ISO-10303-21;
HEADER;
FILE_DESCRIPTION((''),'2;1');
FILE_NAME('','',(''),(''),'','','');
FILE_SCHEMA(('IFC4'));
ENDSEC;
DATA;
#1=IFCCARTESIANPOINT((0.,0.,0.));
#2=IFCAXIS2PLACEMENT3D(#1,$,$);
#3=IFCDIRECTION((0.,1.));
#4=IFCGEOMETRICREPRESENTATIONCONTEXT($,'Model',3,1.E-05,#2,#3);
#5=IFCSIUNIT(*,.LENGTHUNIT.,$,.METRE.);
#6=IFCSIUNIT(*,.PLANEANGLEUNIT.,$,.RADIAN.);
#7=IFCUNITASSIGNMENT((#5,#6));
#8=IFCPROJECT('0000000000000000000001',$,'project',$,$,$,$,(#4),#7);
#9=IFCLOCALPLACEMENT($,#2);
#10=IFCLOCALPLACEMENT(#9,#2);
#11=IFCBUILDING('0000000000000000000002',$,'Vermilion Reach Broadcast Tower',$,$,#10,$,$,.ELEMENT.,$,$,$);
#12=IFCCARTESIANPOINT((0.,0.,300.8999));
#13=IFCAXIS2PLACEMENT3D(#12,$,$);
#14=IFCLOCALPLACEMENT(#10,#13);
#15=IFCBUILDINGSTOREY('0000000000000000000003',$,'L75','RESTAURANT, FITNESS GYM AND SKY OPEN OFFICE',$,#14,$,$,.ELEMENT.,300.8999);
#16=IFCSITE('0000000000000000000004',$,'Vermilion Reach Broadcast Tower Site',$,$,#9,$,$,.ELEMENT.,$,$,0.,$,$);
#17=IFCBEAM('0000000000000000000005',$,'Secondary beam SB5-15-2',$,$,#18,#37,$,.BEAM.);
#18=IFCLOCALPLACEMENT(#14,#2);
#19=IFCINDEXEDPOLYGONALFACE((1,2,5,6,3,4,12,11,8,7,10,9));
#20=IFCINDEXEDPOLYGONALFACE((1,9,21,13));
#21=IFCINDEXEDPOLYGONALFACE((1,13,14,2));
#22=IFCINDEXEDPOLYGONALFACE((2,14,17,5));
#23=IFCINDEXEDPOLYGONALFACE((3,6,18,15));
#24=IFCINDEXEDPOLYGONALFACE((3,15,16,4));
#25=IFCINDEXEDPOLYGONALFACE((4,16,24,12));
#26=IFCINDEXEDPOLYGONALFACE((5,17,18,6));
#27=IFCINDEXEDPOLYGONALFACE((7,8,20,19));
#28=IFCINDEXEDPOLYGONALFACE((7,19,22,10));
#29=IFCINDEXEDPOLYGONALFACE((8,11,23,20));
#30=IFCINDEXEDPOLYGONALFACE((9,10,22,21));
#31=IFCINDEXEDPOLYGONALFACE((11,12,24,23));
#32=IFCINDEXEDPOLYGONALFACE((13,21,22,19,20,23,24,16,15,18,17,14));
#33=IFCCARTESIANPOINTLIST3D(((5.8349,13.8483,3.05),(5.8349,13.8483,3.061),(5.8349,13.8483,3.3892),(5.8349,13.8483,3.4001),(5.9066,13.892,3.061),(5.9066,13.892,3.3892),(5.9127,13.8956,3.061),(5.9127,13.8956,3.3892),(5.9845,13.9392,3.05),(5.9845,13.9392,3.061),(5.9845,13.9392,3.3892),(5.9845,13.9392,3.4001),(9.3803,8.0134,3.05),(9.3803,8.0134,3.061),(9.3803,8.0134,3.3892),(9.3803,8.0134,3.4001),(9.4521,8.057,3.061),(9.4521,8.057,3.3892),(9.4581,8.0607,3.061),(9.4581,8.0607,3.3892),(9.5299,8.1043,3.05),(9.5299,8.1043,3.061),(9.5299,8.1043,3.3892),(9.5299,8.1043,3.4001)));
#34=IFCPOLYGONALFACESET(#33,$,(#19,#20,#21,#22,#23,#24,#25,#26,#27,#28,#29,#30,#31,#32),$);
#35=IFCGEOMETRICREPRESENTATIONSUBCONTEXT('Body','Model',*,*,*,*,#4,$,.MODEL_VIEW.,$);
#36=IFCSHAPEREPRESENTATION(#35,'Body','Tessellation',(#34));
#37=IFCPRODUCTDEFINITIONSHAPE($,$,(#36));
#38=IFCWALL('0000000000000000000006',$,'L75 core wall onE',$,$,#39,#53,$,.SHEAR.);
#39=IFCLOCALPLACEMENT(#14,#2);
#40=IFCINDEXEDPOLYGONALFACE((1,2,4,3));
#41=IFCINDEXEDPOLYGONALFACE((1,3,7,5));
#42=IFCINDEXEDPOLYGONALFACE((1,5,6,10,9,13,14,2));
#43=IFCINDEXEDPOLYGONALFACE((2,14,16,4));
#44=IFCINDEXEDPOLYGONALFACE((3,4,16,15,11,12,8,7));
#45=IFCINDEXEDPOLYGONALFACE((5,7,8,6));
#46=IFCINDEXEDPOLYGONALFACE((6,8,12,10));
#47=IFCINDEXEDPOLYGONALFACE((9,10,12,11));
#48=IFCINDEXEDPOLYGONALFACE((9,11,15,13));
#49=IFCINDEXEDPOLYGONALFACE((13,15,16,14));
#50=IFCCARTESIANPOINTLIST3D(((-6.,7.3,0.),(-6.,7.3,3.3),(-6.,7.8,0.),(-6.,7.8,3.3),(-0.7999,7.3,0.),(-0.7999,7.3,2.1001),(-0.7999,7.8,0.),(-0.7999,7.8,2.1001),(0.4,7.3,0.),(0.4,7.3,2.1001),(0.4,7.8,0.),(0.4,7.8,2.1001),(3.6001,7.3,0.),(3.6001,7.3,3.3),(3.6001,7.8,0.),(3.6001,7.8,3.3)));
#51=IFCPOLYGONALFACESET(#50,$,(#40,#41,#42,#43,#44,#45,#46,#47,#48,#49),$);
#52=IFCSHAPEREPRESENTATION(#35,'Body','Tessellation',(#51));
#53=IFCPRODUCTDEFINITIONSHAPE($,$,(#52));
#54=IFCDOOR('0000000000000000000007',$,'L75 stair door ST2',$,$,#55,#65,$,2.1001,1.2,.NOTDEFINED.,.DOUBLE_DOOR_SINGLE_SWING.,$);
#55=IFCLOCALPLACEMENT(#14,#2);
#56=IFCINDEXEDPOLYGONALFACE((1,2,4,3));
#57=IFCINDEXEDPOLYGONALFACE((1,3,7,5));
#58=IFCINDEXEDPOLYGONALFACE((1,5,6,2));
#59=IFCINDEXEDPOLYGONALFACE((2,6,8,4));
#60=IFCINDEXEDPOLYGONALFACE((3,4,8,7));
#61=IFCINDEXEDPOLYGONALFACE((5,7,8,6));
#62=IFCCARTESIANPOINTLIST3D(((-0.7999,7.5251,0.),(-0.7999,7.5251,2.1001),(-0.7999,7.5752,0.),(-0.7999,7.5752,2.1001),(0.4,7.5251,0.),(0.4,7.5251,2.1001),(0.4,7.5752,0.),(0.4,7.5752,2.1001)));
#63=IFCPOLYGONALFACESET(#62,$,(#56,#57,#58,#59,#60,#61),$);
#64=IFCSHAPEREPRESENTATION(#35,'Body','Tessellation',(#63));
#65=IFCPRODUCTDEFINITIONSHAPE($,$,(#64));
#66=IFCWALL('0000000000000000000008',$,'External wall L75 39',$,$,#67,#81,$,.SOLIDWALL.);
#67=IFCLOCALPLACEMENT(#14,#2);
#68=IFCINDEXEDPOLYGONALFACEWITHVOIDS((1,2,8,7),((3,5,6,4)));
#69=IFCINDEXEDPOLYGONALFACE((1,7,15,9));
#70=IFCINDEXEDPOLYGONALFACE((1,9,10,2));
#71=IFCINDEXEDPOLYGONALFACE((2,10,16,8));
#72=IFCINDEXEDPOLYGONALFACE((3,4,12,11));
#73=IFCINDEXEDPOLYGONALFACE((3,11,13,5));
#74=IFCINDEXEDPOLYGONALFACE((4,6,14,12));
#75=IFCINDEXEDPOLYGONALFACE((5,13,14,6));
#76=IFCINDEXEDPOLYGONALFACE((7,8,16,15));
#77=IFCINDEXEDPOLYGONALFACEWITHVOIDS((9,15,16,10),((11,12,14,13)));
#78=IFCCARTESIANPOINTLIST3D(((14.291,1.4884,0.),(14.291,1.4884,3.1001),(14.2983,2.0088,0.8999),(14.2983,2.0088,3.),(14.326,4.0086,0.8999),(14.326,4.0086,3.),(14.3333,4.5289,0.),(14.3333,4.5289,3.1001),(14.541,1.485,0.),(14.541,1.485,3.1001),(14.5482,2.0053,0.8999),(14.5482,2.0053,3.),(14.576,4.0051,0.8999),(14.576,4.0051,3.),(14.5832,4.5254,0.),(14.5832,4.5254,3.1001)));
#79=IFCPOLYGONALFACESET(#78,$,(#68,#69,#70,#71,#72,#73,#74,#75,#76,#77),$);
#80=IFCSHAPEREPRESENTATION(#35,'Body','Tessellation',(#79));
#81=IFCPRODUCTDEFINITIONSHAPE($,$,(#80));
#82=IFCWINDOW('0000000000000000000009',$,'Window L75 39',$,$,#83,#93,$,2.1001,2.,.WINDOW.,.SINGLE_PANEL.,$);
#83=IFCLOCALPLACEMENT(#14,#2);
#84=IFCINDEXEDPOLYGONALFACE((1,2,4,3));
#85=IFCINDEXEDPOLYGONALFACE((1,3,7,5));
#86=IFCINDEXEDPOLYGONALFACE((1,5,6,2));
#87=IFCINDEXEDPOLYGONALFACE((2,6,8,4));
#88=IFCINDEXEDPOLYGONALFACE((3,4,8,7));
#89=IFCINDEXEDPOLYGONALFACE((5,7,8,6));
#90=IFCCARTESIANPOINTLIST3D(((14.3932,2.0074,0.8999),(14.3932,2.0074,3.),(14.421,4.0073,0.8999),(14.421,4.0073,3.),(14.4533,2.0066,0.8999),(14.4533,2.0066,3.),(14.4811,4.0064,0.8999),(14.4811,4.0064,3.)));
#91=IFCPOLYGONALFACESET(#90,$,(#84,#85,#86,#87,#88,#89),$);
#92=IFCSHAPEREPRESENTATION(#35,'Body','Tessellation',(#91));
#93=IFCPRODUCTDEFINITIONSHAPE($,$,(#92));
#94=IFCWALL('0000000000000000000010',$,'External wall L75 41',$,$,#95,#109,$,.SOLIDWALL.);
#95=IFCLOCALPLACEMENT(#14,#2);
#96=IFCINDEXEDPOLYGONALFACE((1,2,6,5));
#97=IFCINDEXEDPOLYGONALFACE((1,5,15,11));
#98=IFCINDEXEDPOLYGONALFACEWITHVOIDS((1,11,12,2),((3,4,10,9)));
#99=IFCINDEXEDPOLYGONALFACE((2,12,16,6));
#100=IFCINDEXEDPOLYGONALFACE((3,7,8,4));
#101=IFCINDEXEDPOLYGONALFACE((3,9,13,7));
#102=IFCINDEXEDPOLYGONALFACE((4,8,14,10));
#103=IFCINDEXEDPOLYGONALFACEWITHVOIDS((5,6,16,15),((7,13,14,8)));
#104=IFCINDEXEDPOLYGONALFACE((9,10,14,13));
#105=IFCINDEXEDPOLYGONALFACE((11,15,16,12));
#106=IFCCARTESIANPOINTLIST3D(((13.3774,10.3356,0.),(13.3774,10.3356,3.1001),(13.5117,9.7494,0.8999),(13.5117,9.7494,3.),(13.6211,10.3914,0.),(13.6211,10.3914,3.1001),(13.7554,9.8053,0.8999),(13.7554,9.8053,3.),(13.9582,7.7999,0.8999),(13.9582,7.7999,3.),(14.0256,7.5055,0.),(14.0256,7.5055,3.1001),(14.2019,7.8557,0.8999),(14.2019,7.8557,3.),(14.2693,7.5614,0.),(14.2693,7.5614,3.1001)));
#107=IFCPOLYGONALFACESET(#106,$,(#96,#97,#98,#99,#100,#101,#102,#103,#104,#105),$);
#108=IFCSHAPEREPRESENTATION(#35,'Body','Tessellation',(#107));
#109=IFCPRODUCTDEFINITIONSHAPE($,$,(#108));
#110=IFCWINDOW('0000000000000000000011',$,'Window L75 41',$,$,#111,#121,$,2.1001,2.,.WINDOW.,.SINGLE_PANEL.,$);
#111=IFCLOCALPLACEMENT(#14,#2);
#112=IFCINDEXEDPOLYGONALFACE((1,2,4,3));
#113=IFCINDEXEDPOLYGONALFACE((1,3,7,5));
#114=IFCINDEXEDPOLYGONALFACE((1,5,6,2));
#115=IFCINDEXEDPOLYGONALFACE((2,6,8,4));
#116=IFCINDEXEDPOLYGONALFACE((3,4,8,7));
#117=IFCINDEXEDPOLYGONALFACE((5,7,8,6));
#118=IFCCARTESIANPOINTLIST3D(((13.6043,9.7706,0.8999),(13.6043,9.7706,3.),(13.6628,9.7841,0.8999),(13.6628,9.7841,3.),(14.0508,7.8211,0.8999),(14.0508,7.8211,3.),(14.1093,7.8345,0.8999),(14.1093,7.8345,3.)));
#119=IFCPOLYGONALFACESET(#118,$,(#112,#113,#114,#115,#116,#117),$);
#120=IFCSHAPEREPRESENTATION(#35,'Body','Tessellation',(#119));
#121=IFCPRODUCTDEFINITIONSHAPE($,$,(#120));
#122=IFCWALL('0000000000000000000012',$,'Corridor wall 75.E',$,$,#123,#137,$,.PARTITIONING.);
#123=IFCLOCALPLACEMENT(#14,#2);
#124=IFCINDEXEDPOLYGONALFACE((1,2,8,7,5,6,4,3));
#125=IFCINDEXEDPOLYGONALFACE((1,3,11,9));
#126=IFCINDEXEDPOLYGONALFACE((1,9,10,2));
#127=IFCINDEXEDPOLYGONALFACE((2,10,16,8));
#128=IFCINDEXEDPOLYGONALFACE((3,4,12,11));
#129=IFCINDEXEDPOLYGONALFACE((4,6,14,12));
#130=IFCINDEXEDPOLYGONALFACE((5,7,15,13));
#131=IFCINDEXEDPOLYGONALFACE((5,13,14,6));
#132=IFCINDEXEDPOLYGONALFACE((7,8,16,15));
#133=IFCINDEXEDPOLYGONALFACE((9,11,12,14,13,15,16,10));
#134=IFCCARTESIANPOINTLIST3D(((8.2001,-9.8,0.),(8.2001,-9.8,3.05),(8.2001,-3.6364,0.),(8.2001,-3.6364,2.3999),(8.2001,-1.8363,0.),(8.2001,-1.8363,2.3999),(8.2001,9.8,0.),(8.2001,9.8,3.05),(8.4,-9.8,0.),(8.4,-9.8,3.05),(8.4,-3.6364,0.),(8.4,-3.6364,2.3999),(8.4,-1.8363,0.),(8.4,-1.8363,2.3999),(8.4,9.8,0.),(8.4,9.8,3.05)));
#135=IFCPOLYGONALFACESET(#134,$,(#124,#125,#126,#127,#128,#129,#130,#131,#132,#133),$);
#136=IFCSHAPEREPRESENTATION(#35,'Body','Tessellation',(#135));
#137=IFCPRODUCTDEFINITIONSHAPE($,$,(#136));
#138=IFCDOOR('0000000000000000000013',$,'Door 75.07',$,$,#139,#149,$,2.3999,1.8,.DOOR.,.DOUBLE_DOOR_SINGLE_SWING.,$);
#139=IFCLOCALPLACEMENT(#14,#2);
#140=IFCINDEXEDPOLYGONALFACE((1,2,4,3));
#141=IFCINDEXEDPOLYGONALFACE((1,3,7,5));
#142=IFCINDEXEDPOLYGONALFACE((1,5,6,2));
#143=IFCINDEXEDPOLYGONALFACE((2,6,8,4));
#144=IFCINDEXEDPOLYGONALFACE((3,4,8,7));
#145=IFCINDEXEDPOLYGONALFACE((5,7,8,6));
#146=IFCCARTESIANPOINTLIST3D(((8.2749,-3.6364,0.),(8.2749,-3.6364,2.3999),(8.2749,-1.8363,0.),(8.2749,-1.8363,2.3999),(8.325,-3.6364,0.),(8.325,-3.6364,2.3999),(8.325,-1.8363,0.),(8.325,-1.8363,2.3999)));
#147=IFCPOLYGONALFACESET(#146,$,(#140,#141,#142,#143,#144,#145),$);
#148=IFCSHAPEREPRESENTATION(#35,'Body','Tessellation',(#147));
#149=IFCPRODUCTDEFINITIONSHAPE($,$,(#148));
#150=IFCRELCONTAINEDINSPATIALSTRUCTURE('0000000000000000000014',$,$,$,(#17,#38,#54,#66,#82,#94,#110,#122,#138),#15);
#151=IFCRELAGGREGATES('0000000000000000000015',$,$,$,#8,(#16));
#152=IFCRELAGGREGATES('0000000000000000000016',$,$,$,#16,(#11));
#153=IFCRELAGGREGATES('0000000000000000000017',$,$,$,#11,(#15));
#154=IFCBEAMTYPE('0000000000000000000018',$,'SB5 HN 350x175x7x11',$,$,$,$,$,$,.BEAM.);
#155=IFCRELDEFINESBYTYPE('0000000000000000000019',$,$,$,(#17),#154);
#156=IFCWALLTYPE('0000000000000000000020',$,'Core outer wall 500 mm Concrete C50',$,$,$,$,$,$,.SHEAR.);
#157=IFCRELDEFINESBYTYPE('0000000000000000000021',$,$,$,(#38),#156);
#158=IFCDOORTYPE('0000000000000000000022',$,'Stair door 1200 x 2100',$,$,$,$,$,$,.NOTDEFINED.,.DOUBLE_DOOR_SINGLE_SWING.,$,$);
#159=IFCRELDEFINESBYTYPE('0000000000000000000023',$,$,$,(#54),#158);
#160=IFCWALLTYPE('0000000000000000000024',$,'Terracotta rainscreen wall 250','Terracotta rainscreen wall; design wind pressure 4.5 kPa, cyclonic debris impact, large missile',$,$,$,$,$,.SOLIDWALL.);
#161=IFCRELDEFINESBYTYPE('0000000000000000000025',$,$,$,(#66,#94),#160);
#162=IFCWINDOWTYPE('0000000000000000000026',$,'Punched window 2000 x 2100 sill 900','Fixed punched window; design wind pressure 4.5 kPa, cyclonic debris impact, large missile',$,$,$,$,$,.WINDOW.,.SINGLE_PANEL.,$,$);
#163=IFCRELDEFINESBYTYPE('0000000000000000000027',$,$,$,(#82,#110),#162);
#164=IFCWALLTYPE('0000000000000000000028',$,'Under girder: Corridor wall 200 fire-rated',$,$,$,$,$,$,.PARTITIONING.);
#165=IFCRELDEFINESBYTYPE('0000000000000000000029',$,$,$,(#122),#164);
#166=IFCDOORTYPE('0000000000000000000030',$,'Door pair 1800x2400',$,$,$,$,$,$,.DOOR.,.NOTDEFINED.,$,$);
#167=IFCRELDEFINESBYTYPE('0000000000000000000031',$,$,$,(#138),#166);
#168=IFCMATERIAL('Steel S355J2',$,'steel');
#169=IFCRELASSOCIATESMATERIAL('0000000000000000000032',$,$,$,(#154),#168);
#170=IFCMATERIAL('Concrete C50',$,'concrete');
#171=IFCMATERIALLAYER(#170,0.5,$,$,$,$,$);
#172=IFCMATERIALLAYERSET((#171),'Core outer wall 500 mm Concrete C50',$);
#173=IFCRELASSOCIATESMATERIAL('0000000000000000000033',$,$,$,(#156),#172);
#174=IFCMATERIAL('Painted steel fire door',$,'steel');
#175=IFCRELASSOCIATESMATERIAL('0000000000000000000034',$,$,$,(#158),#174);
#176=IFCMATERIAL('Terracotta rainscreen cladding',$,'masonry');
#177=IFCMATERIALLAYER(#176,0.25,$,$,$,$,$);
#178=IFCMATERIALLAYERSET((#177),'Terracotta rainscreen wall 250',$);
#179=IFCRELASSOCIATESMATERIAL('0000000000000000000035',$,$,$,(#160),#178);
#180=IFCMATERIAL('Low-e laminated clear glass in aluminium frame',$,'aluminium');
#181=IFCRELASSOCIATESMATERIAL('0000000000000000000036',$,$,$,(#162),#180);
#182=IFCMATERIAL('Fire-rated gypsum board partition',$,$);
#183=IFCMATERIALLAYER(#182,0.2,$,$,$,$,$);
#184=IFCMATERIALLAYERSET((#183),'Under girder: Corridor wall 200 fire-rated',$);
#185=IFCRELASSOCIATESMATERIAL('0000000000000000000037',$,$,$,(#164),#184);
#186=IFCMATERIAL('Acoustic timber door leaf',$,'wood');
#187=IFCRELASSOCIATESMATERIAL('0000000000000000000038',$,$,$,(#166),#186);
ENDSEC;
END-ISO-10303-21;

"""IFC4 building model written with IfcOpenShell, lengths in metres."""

from ifc_helpers import new_model, si_unit, direction, frame, frame_2d, origin, origin_2d, place, context, subcontext, project, spatial, rectangle, i_section, extrude, material, layer, layer_set, material_profile, profile_set, type_object, element, fill, save


model = new_model("IFC4")

# Units and contexts
model_context = context("Model", 3, precision=1e-05, world=origin(), true_north=direction((0.0, 1.0)))
body_context = subcontext(model_context, "Body", "Model", "MODEL_VIEW")
ifc_project = project(units=[si_unit("LENGTHUNIT", "METRE"), si_unit("PLANEANGLEUNIT", "RADIAN")], contexts=[model_context])

# Site, building, storey
site_placement = place(None, origin())
site = spatial("IfcSite", under=ifc_project, at=site_placement, Name="Vermilion Reach Broadcast Tower Site", CompositionType="ELEMENT", RefElevation=0.0)
building_placement = place(site_placement, origin())
building = spatial("IfcBuilding", under=site, at=building_placement, Name="Vermilion Reach Broadcast Tower", CompositionType="ELEMENT")
storey_placement = place(building_placement, frame((0.0, 0.0, 300.8999)))
storey = spatial("IfcBuildingStorey", under=building, at=storey_placement, Name="L75", Description="RESTAURANT, FITNESS GYM AND SKY OPEN OFFICE", CompositionType="ELEMENT", Elevation=300.8999)

# Beam
ifc_material_1 = material(Name="Steel S355J2", Category="steel")
ifc_material_profile_1 = material_profile(ifc_material_1, i_section(OverallWidth=0.175, OverallDepth=0.3501, WebThickness=0.0071, FlangeThickness=0.011, at=origin_2d()), Name="S355J2 HN 350x175x7x11")
ifc_profile_set_1 = profile_set([ifc_material_profile_1], Name="Steel S355J2")
beam_type_1 = type_object("IfcBeamType", Name="SB5 HN 350x175x7x11", PredefinedType="BEAM", material=ifc_profile_set_1)
beam_1_placement = place(storey_placement, frame((9.4551, 8.0588, 3.2251), z_axis=(-0.519273, 0.854608, 0.0), x_axis=(-0.854608, -0.519273, 0.0)))
element("IfcBeam", 1, at=beam_1_placement, inside=storey, type_object=beam_type_1, Name="Secondary beam SB5-15-2", PredefinedType="BEAM", context=body_context, shape_type="SweptSolid", body=[
    extrude(i_section(OverallWidth=0.175, OverallDepth=0.3501, WebThickness=0.0071, FlangeThickness=0.011, at=origin_2d()), origin(), (0.0, 0.0, 1.0), 6.8276),
])

# Wall, opening, door
ifc_material_2 = material(Name="Concrete C50", Category="concrete")
ifc_layer_1 = layer(ifc_material_2, 0.5)
ifc_layer_set_1 = layer_set([ifc_layer_1], Name="Core outer wall 500 mm Concrete C50")
wall_type_1 = type_object("IfcWallType", Name="Core outer wall 500 mm Concrete C50", PredefinedType="SHEAR", material=ifc_layer_set_1)
wall_1_placement = place(storey_placement, frame((3.6001, 7.55, 0.0), z_axis=(0.0, 0.0, 1.0), x_axis=(-1.0, 0.0, 0.0)))
wall_1 = element("IfcWall", 2, at=wall_1_placement, inside=storey, type_object=wall_type_1, Name="L75 core wall onE", PredefinedType="SHEAR", context=body_context, shape_type="SweptSolid", body=[
    extrude(rectangle(XDim=9.6001, YDim=0.5, at=frame_2d((4.8, 0.0))), origin(), (0.0, 0.0, 1.0), 3.3),
])
opening_1_placement = place(wall_1_placement, frame((3.2, 0.0, 0.0)))
opening_1 = element("IfcOpeningElement", 3, at=opening_1_placement, cuts=wall_1, PredefinedType="OPENING", context=body_context, shape_type="SweptSolid", body=[
    extrude(rectangle(XDim=1.2, YDim=2.1001, at=frame_2d((0.6001, 1.05))), frame((0.0, 0.26, 0.0), z_axis=(0.0, -1.0, 0.0), x_axis=(1.0, 0.0, 0.0)), (0.0, 0.0, 1.0), 0.52),
])
ifc_material_3 = material(Name="Painted steel fire door", Category="steel")
door_type_1 = type_object("IfcDoorType", Name="Stair door 1200 x 2100", OperationType="DOUBLE_DOOR_SINGLE_SWING", PredefinedType="NOTDEFINED", material=ifc_material_3)
door_1_placement = place(opening_1_placement, origin())
door_1 = element("IfcDoor", 4, at=door_1_placement, inside=storey, type_object=door_type_1, Name="L75 stair door ST2", OperationType="DOUBLE_DOOR_SINGLE_SWING", OverallHeight=2.1001, OverallWidth=1.2, PredefinedType="NOTDEFINED", context=body_context, shape_type="SweptSolid", body=[
    extrude(rectangle(XDim=1.2, YDim=2.1001, at=frame_2d((0.6001, 1.05))), frame((0.0, 0.0249, 0.0), z_axis=(0.0, -1.0, 0.0), x_axis=(1.0, 0.0, 0.0)), (0.0, 0.0, 1.0), 0.05),
])
fill(opening_1, door_1)

# Wall, opening, window
ifc_material_4 = material(Name="Terracotta rainscreen cladding", Category="masonry")
ifc_layer_2 = layer(ifc_material_4, 0.25)
ifc_layer_set_2 = layer_set([ifc_layer_2], Name="Terracotta rainscreen wall 250")
wall_type_2 = type_object("IfcWallType", Name="Terracotta rainscreen wall 250", Description="Terracotta rainscreen wall; design wind pressure 4.5 kPa, cyclonic debris impact, large missile", PredefinedType="SOLIDWALL", material=ifc_layer_set_2)
wall_2_placement = place(storey_placement, frame((14.416, 1.4866, 0.0), z_axis=(0.0, 0.0, 1.0), x_axis=(0.01389, 0.999904, 0.0)))
wall_2 = element("IfcWall", 5, at=wall_2_placement, inside=storey, type_object=wall_type_2, Name="External wall L75 39", PredefinedType="SOLIDWALL", context=body_context, shape_type="SweptSolid", body=[
    extrude(rectangle(XDim=3.0408, YDim=0.25, at=frame_2d((1.5205, 0.0))), origin(), (0.0, 0.0, 1.0), 3.1001),
])
opening_2_placement = place(wall_2_placement, frame((0.5205, 0.0, 0.8999)))
opening_2 = element("IfcOpeningElement", 6, at=opening_2_placement, cuts=wall_2, PredefinedType="OPENING", context=body_context, shape_type="SweptSolid", body=[
    extrude(rectangle(XDim=2.0, YDim=2.1001, at=frame_2d((1.0, 1.05))), frame((0.0, 0.135, 0.0), z_axis=(0.0, -1.0, 0.0), x_axis=(1.0, 0.0, 0.0)), (0.0, 0.0, 1.0), 0.27),
])
ifc_material_5 = material(Name="Low-e laminated clear glass in aluminium frame", Category="aluminium")
window_type = type_object("IfcWindowType", Name="Punched window 2000 x 2100 sill 900", Description="Fixed punched window; design wind pressure 4.5 kPa, cyclonic debris impact, large missile", PartitioningType="SINGLE_PANEL", PredefinedType="WINDOW", material=ifc_material_5)
window_1_placement = place(opening_2_placement, origin())
window_1 = element("IfcWindow", 7, at=window_1_placement, inside=storey, type_object=window_type, Name="Window L75 39", OverallHeight=2.1001, OverallWidth=2.0, PartitioningType="SINGLE_PANEL", PredefinedType="WINDOW", context=body_context, shape_type="SweptSolid", body=[
    extrude(rectangle(XDim=2.0, YDim=2.1001, at=frame_2d((1.0, 1.05))), frame((0.0, 0.03, 0.0), z_axis=(0.0, -1.0, 0.0), x_axis=(1.0, 0.0, 0.0)), (0.0, 0.0, 1.0), 0.0601),
])
fill(opening_2, window_1)

# Wall, opening, window
wall_3_placement = place(storey_placement, frame((14.1475, 7.5334, 0.0), z_axis=(0.0, 0.0, 1.0), x_axis=(-0.223256, 0.97476, 0.0)))
wall_3 = element("IfcWall", 8, at=wall_3_placement, inside=storey, type_object=wall_type_2, Name="External wall L75 41", PredefinedType="SOLIDWALL", context=body_context, shape_type="SweptSolid", body=[
    extrude(rectangle(XDim=2.9033, YDim=0.25, at=frame_2d((1.4517, 0.0))), origin(), (0.0, 0.0, 1.0), 3.1001),
])
opening_3_placement = place(wall_3_placement, frame((0.302, 0.0, 0.8999)))
opening_3 = element("IfcOpeningElement", 9, at=opening_3_placement, cuts=wall_3, PredefinedType="OPENING", context=body_context, shape_type="SweptSolid", body=[
    extrude(rectangle(XDim=2.0, YDim=2.1001, at=frame_2d((1.0, 1.05))), frame((0.0, 0.135, 0.0), z_axis=(0.0, -1.0, 0.0), x_axis=(1.0, 0.0, 0.0)), (0.0, 0.0, 1.0), 0.27),
])
window_2_placement = place(opening_3_placement, origin())
window_2 = element("IfcWindow", 10, at=window_2_placement, inside=storey, type_object=window_type, Name="Window L75 41", OverallHeight=2.1001, OverallWidth=2.0, PartitioningType="SINGLE_PANEL", PredefinedType="WINDOW", context=body_context, shape_type="SweptSolid", body=[
    extrude(rectangle(XDim=2.0, YDim=2.1001, at=frame_2d((1.0, 1.05))), frame((0.0, 0.03, 0.0), z_axis=(0.0, -1.0, 0.0), x_axis=(1.0, 0.0, 0.0)), (0.0, 0.0, 1.0), 0.0601),
])
fill(opening_3, window_2)

# Wall, opening, door
ifc_material_6 = material(Name="Fire-rated gypsum board partition")
ifc_layer_3 = layer(ifc_material_6, 0.2)
ifc_layer_set_3 = layer_set([ifc_layer_3], Name="Under girder: Corridor wall 200 fire-rated")
wall_type_3 = type_object("IfcWallType", Name="Under girder: Corridor wall 200 fire-rated", PredefinedType="PARTITIONING", material=ifc_layer_set_3)
wall_4_placement = place(storey_placement, frame((8.3, 9.8, 0.0), z_axis=(0.0, 0.0, 1.0), x_axis=(0.0, -1.0, 0.0)))
wall_4 = element("IfcWall", 11, at=wall_4_placement, inside=storey, type_object=wall_type_3, Name="Corridor wall 75.E", PredefinedType="PARTITIONING", context=body_context, shape_type="SweptSolid", body=[
    extrude(rectangle(XDim=19.6001, YDim=0.2, at=frame_2d((9.8, 0.0))), origin(), (0.0, 0.0, 1.0), 3.05),
])
opening_4_placement = place(wall_4_placement, frame((11.6365, 0.0, 0.0)))
opening_4 = element("IfcOpeningElement", 12, at=opening_4_placement, cuts=wall_4, PredefinedType="OPENING", context=body_context, shape_type="SweptSolid", body=[
    extrude(rectangle(XDim=1.8, YDim=2.3999, at=frame_2d((0.8999, 1.2))), frame((0.0, 0.1099, 0.0), z_axis=(0.0, -1.0, 0.0), x_axis=(1.0, 0.0, 0.0)), (0.0, 0.0, 1.0), 0.22),
])
ifc_material_7 = material(Name="Acoustic timber door leaf", Category="wood")
door_type_2 = type_object("IfcDoorType", Name="Door pair 1800x2400", OperationType="NOTDEFINED", PredefinedType="DOOR", material=ifc_material_7)
door_2_placement = place(opening_4_placement, origin())
door_2 = element("IfcDoor", 13, at=door_2_placement, inside=storey, type_object=door_type_2, Name="Door 75.07", OperationType="DOUBLE_DOOR_SINGLE_SWING", OverallHeight=2.3999, OverallWidth=1.8, PredefinedType="DOOR", context=body_context, shape_type="SweptSolid", body=[
    extrude(rectangle(XDim=1.8, YDim=2.3999, at=frame_2d((0.8999, 1.2))), frame((0.0, 0.0249, 0.0), z_axis=(0.0, -1.0, 0.0), x_axis=(1.0, 0.0, 0.0)), (0.0, 0.0, 1.0), 0.05),
])
fill(opening_4, door_2)

save(model, "model.ifc")
